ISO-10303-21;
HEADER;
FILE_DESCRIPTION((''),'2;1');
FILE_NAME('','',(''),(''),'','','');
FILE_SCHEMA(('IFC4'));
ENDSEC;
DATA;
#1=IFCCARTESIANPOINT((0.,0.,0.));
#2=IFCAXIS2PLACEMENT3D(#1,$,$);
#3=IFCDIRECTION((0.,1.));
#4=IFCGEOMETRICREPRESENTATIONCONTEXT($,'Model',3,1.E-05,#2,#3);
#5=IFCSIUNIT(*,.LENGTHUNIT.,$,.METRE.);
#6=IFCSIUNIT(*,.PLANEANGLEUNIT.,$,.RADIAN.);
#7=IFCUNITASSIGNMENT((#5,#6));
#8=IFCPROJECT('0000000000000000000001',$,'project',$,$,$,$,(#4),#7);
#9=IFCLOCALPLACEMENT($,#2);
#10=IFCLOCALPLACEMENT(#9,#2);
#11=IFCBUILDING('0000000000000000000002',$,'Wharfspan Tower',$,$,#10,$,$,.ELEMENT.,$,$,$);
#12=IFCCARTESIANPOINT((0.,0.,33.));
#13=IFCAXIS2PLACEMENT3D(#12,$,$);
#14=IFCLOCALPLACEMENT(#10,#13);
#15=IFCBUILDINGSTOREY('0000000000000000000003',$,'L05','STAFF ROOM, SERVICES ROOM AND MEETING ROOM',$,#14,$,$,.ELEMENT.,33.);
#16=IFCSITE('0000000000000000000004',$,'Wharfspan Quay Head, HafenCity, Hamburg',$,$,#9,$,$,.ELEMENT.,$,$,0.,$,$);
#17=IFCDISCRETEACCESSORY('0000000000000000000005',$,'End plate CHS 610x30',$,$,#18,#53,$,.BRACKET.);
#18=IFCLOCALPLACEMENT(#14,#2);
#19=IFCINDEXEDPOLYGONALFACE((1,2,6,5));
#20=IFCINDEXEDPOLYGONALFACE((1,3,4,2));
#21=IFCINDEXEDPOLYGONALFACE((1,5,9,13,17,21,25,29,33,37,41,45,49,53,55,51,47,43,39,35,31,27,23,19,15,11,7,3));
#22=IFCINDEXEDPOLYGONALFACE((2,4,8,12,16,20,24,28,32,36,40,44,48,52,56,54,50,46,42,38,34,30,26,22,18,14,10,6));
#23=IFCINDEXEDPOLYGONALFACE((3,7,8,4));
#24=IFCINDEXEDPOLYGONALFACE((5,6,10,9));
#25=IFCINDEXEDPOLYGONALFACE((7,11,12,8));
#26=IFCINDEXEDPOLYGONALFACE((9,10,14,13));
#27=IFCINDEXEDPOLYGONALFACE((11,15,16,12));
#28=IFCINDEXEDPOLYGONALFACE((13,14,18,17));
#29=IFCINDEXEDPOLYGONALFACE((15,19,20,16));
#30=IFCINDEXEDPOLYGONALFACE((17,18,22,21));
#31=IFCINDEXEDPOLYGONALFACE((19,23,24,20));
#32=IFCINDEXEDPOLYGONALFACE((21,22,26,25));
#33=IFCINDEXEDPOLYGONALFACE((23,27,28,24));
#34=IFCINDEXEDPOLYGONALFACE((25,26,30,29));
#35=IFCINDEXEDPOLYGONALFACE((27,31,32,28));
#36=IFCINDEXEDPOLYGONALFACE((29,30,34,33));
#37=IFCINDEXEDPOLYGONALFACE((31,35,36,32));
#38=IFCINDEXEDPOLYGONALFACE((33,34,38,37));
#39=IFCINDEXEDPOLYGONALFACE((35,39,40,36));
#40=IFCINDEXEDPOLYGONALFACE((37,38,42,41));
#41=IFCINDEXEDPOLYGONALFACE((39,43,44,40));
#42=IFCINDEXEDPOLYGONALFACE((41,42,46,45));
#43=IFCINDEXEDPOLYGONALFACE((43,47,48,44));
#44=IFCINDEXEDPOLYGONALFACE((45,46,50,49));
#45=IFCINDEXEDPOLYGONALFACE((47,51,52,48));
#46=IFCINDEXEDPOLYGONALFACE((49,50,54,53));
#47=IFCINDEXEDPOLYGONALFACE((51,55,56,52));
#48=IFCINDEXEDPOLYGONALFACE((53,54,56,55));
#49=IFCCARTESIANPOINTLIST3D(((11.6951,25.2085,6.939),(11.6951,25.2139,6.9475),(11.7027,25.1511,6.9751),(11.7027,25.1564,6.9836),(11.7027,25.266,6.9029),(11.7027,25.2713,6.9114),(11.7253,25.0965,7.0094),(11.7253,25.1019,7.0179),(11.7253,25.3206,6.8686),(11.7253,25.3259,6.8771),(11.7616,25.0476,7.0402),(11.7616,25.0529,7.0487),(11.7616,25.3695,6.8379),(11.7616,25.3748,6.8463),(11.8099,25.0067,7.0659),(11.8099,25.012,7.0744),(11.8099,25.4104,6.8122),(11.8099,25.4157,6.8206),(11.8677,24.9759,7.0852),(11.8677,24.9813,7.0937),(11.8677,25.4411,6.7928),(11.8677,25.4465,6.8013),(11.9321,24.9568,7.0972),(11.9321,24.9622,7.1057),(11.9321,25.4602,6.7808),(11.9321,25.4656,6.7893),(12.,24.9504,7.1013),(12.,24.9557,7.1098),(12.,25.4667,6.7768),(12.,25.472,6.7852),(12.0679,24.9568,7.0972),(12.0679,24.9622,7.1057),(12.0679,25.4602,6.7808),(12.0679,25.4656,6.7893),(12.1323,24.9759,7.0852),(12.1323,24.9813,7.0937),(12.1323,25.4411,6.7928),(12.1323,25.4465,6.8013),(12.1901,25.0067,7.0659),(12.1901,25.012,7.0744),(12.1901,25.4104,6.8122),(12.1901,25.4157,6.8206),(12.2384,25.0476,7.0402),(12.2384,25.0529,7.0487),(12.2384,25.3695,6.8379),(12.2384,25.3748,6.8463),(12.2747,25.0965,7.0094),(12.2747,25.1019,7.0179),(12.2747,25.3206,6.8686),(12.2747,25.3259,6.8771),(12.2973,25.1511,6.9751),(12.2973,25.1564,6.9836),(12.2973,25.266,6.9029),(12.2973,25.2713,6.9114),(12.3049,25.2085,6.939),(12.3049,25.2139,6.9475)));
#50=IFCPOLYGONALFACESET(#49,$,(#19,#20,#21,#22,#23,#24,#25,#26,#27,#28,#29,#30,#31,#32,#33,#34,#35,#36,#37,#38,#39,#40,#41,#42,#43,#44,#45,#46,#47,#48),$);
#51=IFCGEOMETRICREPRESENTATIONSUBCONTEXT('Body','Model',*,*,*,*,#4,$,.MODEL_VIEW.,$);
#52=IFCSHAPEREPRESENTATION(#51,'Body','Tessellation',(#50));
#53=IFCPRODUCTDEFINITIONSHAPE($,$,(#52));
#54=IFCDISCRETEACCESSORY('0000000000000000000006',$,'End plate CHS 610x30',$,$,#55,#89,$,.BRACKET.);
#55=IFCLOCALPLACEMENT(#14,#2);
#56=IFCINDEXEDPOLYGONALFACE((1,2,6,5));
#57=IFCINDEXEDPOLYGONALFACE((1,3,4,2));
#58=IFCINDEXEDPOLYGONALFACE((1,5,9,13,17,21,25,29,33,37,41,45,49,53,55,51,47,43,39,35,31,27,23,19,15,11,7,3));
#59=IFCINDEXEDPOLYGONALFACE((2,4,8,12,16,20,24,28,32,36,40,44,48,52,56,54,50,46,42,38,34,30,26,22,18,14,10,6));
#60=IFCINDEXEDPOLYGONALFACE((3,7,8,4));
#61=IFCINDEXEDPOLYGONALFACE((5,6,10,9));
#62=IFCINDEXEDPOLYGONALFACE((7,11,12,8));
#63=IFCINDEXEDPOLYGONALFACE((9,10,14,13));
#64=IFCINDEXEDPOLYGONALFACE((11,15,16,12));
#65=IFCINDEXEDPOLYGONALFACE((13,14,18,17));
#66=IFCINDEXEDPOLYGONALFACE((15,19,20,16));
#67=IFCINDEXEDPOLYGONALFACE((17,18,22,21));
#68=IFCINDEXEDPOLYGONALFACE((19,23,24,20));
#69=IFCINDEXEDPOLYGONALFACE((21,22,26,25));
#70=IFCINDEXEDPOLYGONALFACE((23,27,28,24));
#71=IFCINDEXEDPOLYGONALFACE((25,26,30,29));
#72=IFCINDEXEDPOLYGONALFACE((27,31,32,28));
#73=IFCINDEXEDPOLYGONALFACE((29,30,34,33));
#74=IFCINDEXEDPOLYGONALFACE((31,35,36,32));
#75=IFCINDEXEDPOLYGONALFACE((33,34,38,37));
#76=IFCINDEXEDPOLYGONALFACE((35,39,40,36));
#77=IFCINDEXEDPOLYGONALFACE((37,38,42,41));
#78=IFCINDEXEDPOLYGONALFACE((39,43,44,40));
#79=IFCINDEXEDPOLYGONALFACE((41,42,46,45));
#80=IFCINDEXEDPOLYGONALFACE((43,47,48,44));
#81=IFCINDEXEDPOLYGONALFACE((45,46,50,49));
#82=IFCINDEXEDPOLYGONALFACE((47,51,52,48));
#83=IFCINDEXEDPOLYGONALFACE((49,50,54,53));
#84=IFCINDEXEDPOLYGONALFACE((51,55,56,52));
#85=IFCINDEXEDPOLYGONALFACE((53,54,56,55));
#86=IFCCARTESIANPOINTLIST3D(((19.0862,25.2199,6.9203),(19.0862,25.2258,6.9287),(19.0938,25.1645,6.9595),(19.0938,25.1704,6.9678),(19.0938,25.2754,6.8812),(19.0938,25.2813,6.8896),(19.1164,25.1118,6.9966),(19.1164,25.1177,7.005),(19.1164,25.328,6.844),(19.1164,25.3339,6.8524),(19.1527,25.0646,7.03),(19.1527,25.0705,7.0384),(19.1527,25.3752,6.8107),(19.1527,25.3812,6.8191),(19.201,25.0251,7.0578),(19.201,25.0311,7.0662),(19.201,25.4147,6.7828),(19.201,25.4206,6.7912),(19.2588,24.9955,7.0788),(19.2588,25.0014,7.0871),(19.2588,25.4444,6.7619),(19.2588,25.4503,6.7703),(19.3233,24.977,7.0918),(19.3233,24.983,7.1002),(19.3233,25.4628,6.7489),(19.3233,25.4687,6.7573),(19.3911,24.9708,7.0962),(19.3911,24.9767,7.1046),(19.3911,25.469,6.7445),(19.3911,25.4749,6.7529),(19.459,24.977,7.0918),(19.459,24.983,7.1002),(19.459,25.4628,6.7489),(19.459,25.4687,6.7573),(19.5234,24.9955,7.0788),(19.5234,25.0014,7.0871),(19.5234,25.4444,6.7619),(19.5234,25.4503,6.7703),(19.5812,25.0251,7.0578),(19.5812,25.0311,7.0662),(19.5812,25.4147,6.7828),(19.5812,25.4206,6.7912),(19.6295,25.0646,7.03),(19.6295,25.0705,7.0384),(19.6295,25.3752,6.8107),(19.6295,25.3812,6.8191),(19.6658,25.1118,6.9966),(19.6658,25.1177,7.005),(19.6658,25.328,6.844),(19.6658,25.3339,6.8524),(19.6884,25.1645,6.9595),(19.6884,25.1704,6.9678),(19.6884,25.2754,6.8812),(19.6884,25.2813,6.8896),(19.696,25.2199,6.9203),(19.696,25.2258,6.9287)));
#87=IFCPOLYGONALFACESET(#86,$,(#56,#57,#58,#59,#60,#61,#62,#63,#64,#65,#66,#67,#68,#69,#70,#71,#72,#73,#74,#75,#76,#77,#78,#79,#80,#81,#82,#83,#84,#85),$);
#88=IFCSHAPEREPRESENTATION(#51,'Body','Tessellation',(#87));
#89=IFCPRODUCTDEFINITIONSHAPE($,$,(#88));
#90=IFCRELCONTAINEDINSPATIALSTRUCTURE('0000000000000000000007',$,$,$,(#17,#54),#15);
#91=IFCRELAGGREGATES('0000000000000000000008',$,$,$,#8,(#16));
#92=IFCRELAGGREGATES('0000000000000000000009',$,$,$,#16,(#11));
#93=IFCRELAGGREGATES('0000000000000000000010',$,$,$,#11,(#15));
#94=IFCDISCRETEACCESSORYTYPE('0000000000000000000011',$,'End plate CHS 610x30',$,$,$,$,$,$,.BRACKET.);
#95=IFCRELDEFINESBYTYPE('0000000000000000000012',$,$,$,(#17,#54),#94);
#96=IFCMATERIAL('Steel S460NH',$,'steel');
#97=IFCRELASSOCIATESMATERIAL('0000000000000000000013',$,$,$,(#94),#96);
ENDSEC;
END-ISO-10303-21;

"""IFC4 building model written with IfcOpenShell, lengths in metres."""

from ifc_helpers import new_model, si_unit, direction, frame, origin, origin_2d, place, context, subcontext, project, spatial, circle, extrude, material, material_profile, profile_set, type_object, element, save


model = new_model("IFC4")

# Units and contexts
model_context = context("Model", 3, precision=1e-05, world=origin(), true_north=direction((0.0, 1.0)))
body_context = subcontext(model_context, "Body", "Model", "MODEL_VIEW")
ifc_project = project(units=[si_unit("LENGTHUNIT", "METRE"), si_unit("PLANEANGLEUNIT", "RADIAN")], contexts=[model_context])

# Site, building, storey
site_placement = place(None, origin())
site = spatial("IfcSite", under=ifc_project, at=site_placement, Name="Wharfspan Quay Head, HafenCity, Hamburg", CompositionType="ELEMENT", RefElevation=0.0)
building_placement = place(site_placement, origin())
building = spatial("IfcBuilding", under=site, at=building_placement, Name="Wharfspan Tower", CompositionType="ELEMENT")
storey_placement = place(building_placement, frame((0.0, 0.0, 33.0)))
storey = spatial("IfcBuildingStorey", under=building, at=storey_placement, Name="L05", Description="STAFF ROOM, SERVICES ROOM AND MEETING ROOM", CompositionType="ELEMENT", Elevation=33.0)

# Shared definitions
ifc_material_1 = material(Name="Steel S460NH", Category="steel")

# Discrete accessories
ifc_material_profile_1 = material_profile(ifc_material_1, circle(Radius=0.3049, at=origin_2d()))
ifc_profile_set_1 = profile_set([ifc_material_profile_1], Name="Steel S460NH")
discrete_accessory_type = type_object("IfcDiscreteAccessoryType", Name="End plate CHS 610x30", PredefinedType="BRACKET", material=ifc_profile_set_1)
discrete_accessory_1_placement = place(storey_placement, frame((12.0, 25.2139, 6.9475), z_axis=(0.0, -0.532172, -0.846637), x_axis=(1.0, 0.0, 0.0)))
element("IfcDiscreteAccessory", 1, at=discrete_accessory_1_placement, inside=storey, type_object=discrete_accessory_type, Name="End plate CHS 610x30", PredefinedType="BRACKET", context=body_context, shape_type="SweptSolid", body=[
    extrude(circle(Radius=0.3049, at=origin_2d()), origin(), (0.0, 0.0, 1.0), 0.01),
])
discrete_accessory_2_placement = place(storey_placement, frame((19.3911, 25.2258, 6.9287), z_axis=(0.0, -0.576683, -0.816968), x_axis=(1.0, 0.0, 0.0)))
element("IfcDiscreteAccessory", 2, at=discrete_accessory_2_placement, inside=storey, type_object=discrete_accessory_type, Name="End plate CHS 610x30", PredefinedType="BRACKET", context=body_context, shape_type="SweptSolid", body=[
    extrude(circle(Radius=0.3049, at=origin_2d()), origin(), (0.0, 0.0, 1.0), 0.0103),
])

save(model, "model.ifc")
